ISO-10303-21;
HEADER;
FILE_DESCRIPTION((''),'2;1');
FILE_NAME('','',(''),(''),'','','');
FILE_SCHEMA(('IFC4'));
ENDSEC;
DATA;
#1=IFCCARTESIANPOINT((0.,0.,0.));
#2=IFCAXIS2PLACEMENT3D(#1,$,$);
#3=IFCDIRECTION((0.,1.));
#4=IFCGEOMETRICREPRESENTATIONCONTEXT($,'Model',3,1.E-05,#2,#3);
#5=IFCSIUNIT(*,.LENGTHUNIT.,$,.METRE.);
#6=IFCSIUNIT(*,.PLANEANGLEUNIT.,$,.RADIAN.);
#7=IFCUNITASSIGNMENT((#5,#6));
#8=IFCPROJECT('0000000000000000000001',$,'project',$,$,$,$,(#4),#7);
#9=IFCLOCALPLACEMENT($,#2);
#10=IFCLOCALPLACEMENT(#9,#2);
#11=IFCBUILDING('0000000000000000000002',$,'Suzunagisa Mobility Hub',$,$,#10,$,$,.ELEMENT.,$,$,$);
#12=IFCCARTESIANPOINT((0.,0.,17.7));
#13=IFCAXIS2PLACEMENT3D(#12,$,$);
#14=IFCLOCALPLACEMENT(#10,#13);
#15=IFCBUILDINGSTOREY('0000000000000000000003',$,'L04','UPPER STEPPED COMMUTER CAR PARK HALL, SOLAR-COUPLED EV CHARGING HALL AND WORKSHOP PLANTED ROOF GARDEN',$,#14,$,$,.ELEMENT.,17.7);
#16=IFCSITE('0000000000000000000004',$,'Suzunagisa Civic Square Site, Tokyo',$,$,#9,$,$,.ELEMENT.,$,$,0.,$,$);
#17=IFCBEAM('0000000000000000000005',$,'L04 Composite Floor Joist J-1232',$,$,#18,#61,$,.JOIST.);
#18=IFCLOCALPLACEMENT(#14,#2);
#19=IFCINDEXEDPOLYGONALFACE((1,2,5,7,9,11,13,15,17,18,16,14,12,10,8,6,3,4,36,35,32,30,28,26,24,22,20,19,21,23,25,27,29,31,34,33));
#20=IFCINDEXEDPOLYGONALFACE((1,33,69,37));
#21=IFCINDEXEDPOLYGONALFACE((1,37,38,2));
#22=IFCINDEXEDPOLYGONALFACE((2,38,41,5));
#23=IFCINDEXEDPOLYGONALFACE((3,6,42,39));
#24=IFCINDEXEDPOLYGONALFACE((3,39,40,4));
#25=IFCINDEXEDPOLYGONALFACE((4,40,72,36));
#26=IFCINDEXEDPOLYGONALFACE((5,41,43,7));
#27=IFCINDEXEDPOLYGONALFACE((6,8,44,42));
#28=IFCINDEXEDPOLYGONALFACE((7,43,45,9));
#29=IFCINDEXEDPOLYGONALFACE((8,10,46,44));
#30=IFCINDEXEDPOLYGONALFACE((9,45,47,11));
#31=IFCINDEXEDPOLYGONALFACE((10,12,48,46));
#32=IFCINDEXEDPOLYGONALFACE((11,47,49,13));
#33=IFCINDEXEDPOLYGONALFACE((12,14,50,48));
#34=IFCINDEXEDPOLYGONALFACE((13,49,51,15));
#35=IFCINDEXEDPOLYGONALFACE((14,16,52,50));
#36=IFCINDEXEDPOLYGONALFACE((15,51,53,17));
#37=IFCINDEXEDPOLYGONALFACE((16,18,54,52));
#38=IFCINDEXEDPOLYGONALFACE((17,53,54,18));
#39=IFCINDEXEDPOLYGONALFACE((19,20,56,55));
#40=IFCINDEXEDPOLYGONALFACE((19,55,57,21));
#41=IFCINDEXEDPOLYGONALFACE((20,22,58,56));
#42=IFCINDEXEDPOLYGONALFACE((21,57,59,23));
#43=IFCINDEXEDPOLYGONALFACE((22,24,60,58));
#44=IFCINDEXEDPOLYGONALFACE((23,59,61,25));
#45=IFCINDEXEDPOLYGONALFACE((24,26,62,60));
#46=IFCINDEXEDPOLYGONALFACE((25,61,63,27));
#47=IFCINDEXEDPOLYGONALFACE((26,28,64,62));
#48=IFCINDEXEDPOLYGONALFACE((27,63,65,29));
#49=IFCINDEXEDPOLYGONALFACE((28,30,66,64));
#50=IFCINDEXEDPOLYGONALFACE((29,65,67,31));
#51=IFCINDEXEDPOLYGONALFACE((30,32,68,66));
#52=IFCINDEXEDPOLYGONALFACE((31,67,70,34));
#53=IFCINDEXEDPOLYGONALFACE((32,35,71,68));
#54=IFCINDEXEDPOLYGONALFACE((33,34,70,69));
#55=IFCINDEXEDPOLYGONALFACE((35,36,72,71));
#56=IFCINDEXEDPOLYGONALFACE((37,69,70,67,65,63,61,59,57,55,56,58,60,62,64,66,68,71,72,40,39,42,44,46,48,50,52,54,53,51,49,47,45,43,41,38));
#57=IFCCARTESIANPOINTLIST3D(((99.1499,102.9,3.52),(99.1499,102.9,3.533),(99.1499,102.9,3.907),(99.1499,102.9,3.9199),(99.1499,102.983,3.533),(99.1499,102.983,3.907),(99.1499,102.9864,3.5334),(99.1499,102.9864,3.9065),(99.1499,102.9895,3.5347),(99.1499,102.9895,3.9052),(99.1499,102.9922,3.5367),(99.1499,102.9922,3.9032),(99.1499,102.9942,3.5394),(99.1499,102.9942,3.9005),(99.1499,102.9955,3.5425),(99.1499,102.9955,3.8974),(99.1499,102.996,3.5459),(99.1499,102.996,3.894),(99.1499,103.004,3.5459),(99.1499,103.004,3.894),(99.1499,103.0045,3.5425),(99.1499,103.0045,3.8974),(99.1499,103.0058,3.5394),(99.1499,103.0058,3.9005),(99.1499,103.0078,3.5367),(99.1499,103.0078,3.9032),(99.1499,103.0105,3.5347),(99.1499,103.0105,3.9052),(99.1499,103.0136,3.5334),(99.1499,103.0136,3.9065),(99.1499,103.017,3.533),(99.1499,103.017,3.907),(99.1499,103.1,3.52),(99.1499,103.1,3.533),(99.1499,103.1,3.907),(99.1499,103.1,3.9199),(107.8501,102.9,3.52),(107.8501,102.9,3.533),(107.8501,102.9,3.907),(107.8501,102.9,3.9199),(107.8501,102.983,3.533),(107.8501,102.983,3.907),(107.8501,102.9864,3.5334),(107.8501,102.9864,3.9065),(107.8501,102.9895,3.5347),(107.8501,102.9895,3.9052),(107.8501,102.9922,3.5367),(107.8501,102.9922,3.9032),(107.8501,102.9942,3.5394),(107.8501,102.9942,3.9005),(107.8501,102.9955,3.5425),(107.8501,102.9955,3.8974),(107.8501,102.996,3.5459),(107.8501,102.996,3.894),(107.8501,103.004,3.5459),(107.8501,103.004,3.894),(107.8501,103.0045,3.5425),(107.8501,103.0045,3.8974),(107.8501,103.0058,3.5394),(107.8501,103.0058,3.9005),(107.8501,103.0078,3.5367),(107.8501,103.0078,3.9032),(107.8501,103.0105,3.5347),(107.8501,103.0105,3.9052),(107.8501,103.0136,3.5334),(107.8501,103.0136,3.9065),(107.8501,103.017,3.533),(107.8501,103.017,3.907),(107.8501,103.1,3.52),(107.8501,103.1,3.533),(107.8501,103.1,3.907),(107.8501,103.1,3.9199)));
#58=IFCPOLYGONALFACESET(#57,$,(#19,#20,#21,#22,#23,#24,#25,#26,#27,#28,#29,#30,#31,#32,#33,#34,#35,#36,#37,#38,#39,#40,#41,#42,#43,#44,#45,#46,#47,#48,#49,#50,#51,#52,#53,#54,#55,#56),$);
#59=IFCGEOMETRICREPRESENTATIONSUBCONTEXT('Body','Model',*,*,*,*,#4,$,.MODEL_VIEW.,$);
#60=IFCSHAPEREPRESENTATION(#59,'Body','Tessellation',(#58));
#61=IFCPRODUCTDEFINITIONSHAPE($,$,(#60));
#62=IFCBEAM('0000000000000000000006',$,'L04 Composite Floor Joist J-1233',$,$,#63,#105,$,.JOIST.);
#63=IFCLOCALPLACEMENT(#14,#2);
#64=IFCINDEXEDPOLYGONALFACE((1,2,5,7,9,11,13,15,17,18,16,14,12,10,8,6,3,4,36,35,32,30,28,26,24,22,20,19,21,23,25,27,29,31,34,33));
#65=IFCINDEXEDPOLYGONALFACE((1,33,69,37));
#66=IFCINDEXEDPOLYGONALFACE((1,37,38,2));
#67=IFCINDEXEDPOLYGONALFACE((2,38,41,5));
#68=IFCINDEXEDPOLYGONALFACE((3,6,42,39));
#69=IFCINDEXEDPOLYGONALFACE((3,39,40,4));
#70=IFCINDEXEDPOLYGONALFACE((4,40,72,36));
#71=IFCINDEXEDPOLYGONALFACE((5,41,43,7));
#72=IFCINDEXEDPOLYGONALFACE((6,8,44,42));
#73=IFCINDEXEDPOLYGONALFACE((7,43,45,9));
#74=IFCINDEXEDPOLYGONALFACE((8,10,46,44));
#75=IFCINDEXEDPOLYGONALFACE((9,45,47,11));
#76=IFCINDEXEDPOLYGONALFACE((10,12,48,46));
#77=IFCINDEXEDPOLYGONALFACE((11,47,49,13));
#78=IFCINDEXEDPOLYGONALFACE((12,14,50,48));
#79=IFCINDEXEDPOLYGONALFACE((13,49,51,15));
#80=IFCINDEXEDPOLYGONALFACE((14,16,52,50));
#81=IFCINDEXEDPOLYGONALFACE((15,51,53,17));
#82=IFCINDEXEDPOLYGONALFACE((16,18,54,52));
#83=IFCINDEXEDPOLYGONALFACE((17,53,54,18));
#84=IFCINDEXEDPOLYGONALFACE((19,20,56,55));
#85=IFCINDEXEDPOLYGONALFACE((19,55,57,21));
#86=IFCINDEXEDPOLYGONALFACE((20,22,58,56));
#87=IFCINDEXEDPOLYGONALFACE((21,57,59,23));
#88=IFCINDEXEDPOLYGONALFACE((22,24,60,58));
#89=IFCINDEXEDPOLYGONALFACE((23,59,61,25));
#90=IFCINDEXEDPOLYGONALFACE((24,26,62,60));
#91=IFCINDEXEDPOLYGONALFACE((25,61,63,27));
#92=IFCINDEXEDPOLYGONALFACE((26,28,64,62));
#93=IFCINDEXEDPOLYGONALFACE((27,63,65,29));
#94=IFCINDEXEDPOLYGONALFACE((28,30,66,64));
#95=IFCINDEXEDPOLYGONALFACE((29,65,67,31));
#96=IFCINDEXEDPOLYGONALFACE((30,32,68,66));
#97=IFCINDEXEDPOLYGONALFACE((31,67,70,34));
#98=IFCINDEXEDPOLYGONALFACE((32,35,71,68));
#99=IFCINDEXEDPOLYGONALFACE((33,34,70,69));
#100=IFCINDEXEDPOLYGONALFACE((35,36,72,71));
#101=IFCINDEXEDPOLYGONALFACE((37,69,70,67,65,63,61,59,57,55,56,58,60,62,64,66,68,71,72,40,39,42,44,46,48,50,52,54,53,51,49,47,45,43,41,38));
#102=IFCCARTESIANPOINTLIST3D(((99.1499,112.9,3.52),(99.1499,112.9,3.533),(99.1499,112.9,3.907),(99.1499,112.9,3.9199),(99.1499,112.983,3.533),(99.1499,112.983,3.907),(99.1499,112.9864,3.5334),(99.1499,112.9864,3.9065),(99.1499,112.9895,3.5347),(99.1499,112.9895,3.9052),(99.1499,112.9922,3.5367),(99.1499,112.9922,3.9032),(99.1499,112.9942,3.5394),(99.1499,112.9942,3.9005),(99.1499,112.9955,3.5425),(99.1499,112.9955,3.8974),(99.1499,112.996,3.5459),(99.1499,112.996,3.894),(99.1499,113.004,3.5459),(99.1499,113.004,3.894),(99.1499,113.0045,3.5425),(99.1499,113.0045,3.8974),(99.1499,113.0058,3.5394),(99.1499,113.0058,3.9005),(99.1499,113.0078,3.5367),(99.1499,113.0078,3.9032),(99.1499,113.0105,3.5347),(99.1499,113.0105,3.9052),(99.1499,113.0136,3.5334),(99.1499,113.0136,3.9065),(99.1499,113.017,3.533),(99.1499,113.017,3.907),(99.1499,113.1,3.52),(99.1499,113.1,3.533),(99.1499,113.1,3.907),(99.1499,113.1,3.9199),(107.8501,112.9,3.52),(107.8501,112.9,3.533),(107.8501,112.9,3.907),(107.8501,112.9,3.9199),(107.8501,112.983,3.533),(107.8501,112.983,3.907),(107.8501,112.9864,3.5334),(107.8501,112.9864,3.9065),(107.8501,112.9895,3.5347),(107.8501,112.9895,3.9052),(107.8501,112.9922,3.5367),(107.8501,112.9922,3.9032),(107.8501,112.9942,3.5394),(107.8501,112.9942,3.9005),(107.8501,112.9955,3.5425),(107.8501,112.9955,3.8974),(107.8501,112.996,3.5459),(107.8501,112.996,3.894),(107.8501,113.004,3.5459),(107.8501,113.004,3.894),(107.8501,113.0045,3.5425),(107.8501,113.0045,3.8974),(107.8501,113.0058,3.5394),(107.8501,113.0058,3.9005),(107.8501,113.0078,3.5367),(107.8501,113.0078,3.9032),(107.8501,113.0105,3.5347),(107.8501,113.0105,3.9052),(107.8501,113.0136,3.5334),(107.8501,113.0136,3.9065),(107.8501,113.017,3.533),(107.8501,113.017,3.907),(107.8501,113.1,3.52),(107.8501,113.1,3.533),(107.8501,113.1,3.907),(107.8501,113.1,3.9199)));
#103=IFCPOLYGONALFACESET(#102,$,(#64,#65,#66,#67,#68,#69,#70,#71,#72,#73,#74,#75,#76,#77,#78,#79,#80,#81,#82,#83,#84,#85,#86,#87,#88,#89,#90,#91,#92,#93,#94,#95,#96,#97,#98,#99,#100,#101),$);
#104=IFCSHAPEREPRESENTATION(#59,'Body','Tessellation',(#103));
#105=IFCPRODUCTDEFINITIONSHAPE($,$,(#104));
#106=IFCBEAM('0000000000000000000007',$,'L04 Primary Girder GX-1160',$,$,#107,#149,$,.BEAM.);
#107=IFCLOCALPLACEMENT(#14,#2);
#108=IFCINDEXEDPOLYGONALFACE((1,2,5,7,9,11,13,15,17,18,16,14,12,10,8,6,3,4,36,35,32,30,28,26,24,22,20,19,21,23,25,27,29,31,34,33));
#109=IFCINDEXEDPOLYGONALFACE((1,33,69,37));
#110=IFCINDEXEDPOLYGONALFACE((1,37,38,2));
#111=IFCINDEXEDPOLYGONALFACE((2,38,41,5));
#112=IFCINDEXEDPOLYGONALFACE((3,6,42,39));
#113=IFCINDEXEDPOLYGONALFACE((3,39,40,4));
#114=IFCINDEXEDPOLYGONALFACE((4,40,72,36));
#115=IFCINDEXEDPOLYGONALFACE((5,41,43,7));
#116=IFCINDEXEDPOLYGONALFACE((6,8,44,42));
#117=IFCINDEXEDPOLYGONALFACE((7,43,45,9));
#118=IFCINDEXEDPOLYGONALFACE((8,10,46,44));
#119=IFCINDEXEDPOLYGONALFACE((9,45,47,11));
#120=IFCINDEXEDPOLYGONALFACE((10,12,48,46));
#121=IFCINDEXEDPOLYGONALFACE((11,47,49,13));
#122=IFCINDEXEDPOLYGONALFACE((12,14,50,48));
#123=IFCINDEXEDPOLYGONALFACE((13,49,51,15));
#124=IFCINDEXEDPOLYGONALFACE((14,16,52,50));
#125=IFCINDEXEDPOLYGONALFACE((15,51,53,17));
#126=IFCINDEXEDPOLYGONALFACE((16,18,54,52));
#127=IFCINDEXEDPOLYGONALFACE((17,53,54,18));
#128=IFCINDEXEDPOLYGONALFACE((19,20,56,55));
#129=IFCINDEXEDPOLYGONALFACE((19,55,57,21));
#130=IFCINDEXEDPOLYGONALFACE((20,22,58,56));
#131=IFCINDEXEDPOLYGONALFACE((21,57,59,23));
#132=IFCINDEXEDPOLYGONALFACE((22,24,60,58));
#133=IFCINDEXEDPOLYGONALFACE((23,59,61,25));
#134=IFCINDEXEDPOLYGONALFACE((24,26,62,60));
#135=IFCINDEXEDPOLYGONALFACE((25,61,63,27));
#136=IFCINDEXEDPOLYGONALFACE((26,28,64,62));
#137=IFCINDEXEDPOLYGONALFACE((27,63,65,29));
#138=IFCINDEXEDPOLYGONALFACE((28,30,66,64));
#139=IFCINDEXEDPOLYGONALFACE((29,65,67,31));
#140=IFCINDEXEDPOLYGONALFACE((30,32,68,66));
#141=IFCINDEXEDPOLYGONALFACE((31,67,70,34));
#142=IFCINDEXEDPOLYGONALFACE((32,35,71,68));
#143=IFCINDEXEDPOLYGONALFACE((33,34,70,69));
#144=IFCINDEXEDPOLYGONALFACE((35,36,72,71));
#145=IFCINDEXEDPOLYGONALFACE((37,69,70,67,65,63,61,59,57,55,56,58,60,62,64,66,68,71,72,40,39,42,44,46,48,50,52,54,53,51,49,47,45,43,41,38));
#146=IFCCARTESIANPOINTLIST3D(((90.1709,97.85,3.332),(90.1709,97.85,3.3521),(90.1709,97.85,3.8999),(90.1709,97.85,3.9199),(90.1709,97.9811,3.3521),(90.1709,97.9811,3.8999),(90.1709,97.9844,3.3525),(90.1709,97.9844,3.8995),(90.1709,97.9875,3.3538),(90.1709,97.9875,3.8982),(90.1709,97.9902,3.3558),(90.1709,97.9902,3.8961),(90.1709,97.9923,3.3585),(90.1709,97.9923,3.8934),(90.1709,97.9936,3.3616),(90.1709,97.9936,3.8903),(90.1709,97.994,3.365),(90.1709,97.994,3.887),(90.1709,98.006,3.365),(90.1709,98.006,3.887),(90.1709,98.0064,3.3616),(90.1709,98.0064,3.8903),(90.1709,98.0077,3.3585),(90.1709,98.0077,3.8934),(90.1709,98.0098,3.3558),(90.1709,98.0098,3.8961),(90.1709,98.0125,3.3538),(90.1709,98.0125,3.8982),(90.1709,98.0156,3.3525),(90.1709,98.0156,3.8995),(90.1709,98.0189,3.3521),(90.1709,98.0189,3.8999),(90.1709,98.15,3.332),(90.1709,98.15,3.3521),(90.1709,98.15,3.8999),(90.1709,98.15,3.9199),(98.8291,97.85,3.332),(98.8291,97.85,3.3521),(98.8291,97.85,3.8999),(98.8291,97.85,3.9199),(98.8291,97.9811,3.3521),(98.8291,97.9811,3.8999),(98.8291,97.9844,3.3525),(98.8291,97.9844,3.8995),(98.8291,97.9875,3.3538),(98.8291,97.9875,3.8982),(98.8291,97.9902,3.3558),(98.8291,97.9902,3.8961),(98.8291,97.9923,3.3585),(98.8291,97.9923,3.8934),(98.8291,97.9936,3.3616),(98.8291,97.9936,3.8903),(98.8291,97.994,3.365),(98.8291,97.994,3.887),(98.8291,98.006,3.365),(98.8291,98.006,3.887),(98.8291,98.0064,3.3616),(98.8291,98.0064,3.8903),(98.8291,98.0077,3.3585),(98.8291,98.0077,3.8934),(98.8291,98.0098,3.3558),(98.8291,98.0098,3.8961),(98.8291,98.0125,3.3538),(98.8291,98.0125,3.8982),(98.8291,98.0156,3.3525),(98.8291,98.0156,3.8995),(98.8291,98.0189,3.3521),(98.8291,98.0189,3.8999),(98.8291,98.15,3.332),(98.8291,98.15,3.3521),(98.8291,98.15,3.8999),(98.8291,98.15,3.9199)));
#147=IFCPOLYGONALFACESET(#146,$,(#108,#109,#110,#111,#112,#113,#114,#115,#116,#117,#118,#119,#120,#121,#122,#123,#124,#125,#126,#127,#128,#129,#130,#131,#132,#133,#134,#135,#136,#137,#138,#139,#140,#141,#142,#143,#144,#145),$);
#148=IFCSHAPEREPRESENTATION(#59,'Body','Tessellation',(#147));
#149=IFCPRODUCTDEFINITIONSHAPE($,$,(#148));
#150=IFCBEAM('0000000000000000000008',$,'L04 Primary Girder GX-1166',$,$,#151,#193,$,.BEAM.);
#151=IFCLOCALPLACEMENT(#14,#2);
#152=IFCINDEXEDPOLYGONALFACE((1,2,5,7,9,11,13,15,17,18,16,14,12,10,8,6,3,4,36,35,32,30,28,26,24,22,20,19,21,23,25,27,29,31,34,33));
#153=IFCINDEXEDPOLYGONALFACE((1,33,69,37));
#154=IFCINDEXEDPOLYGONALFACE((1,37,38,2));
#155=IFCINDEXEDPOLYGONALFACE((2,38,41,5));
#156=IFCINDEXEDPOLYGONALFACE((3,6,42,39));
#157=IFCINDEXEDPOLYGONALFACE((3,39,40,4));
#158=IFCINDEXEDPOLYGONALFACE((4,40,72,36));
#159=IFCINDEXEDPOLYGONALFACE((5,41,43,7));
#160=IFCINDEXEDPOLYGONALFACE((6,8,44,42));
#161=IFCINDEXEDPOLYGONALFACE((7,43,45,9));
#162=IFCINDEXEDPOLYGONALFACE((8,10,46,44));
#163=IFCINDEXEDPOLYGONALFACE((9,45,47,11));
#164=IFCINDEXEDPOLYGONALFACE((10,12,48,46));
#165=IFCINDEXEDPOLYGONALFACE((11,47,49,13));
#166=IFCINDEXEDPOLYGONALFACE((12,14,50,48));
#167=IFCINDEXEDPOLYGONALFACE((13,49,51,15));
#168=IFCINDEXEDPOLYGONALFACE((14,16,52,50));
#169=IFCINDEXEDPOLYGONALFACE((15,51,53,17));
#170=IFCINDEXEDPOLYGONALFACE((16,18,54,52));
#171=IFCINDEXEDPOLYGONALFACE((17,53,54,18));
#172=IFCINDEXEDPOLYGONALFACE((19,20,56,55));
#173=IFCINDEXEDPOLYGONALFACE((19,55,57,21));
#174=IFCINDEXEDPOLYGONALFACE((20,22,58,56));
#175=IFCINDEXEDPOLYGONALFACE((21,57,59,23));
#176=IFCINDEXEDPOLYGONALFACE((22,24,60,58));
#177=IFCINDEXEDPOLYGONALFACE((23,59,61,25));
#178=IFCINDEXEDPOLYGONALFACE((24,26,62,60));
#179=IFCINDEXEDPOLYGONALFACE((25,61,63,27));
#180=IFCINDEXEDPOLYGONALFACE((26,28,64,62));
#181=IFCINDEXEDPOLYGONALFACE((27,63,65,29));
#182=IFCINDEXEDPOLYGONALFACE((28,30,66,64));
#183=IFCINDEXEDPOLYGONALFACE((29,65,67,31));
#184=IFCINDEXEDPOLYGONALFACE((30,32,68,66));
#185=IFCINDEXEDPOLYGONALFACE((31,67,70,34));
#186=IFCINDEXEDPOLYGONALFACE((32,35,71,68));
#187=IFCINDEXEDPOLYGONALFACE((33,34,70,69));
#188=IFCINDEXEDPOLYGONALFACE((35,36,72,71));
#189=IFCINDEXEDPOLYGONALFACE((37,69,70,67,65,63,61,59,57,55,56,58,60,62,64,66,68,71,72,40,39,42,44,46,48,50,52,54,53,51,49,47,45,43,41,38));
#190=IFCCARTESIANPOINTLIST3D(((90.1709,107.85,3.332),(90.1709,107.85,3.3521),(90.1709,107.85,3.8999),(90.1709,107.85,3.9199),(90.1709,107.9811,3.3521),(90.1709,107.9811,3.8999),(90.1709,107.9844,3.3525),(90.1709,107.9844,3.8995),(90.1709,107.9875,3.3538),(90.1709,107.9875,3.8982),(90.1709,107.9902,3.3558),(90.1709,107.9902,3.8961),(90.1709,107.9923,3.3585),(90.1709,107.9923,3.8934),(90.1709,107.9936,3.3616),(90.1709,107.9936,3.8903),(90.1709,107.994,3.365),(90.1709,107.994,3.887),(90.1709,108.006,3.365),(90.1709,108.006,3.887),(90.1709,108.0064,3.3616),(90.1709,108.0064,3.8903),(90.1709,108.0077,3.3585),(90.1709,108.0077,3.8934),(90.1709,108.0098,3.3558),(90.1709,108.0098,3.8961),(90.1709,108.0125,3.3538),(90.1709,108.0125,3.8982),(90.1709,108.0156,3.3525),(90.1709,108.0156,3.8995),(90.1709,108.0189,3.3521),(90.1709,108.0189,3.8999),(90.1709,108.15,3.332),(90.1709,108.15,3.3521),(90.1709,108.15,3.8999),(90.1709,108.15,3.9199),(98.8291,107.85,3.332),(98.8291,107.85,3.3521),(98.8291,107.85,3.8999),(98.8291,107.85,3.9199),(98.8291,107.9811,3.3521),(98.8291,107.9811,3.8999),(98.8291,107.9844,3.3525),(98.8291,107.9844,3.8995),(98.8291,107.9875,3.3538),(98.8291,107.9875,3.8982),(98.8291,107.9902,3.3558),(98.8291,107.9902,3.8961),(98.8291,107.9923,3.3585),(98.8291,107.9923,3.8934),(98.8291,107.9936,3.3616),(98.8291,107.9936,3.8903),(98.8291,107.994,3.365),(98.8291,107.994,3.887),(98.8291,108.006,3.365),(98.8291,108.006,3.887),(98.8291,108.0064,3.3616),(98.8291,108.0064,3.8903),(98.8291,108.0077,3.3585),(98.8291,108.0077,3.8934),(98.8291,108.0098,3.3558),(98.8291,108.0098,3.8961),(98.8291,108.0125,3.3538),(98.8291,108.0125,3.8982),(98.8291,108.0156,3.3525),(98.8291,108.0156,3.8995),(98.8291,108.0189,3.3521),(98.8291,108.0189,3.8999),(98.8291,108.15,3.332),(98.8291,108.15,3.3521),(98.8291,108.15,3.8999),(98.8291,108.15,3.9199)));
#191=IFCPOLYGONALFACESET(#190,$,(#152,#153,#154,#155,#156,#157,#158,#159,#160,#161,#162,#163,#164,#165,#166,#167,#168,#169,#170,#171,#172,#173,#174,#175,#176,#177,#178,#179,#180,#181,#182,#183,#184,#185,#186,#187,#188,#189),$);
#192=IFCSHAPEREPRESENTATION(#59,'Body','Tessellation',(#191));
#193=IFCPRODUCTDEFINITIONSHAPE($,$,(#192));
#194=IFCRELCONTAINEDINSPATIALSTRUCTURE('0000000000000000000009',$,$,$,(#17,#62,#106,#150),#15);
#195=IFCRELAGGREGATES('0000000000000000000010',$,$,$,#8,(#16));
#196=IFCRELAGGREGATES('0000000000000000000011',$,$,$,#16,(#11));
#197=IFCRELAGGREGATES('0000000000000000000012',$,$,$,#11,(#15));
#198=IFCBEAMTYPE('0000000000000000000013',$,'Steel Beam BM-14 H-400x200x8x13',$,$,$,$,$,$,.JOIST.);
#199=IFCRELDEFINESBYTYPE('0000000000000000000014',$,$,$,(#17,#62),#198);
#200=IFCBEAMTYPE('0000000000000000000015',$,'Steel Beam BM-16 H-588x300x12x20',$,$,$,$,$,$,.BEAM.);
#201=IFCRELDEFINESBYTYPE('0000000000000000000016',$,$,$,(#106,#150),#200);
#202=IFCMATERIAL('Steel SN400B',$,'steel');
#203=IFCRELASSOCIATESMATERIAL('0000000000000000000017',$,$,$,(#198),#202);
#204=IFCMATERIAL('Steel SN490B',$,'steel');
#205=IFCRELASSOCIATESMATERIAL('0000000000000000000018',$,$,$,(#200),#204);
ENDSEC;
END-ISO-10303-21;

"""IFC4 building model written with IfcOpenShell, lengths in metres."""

from ifc_helpers import new_model, si_unit, direction, frame, origin, origin_2d, place, context, subcontext, project, spatial, i_section, extrude, material, material_profile, profile_set, type_object, element, save


model = new_model("IFC4")

# Units and contexts
model_context = context("Model", 3, precision=1e-05, world=origin(), true_north=direction((0.0, 1.0)))
body_context = subcontext(model_context, "Body", "Model", "MODEL_VIEW")
ifc_project = project(units=[si_unit("LENGTHUNIT", "METRE"), si_unit("PLANEANGLEUNIT", "RADIAN")], contexts=[model_context])

# Site, building, storey
site_placement = place(None, origin())
site = spatial("IfcSite", under=ifc_project, at=site_placement, Name="Suzunagisa Civic Square Site, Tokyo", CompositionType="ELEMENT", RefElevation=0.0)
building_placement = place(site_placement, origin())
building = spatial("IfcBuilding", under=site, at=building_placement, Name="Suzunagisa Mobility Hub", CompositionType="ELEMENT")
storey_placement = place(building_placement, frame((0.0, 0.0, 17.7)))
storey = spatial("IfcBuildingStorey", under=building, at=storey_placement, Name="L04", Description="UPPER STEPPED COMMUTER CAR PARK HALL, SOLAR-COUPLED EV CHARGING HALL AND WORKSHOP PLANTED ROOF GARDEN", CompositionType="ELEMENT", Elevation=17.7)

# Shared definitions
ifc_material_1 = material(Name="Steel SN490B", Category="steel")

# Beams
ifc_material_2 = material(Name="Steel SN400B", Category="steel")
ifc_material_profile_1 = material_profile(ifc_material_2, i_section(OverallWidth=0.2, OverallDepth=0.3999, WebThickness=0.0081, FlangeThickness=0.0129, FilletRadius=0.0129, at=origin_2d()), Name="H-400x200x8x13")
ifc_profile_set_1 = profile_set([ifc_material_profile_1], Name="Steel SN400B")
beam_type_1 = type_object("IfcBeamType", Name="Steel Beam BM-14 H-400x200x8x13", PredefinedType="JOIST", material=ifc_profile_set_1)
for number, where, z_axis, x_axis, name in (
    (1, (99.1499, 103.0, 3.72), (1.0, 0.0, 0.0), (0.0, 1.0, 0.0), "L04 Composite Floor Joist J-1232"),
    (2, (99.1499, 113.0, 3.72), (1.0, 0.0, 0.0), (0.0, 1.0, 0.0), "L04 Composite Floor Joist J-1233"),
):
    element("IfcBeam", number, at=place(storey_placement, frame(where, z_axis=z_axis, x_axis=x_axis)), inside=storey, type_object=beam_type_1, Name=name, PredefinedType="JOIST", context=body_context, shape_type="SweptSolid", body=[
        extrude(i_section(OverallWidth=0.2, OverallDepth=0.3999, WebThickness=0.0081, FlangeThickness=0.0129, FilletRadius=0.0129, at=origin_2d()), origin(), (0.0, 0.0, 1.0), 8.7002),
    ])
ifc_material_profile_2 = material_profile(ifc_material_1, i_section(OverallWidth=0.3, OverallDepth=0.5879, WebThickness=0.012, FlangeThickness=0.02, FilletRadius=0.0129, at=origin_2d()), Name="H-588x300x12x20")
ifc_profile_set_2 = profile_set([ifc_material_profile_2], Name="Steel SN490B")
beam_type_2 = type_object("IfcBeamType", Name="Steel Beam BM-16 H-588x300x12x20", PredefinedType="BEAM", material=ifc_profile_set_2)
for number, where, z_axis, x_axis, name in (
    (3, (90.1709, 98.0, 3.626), (1.0, 0.0, 0.0), (0.0, 1.0, 0.0), "L04 Primary Girder GX-1160"),
    (4, (90.1709, 108.0, 3.626), (1.0, 0.0, 0.0), (0.0, 1.0, 0.0), "L04 Primary Girder GX-1166"),
):
    element("IfcBeam", number, at=place(storey_placement, frame(where, z_axis=z_axis, x_axis=x_axis)), inside=storey, type_object=beam_type_2, Name=name, PredefinedType="BEAM", context=body_context, shape_type="SweptSolid", body=[
        extrude(i_section(OverallWidth=0.3, OverallDepth=0.5879, WebThickness=0.012, FlangeThickness=0.02, FilletRadius=0.0129, at=origin_2d()), origin(), (0.0, 0.0, 1.0), 8.6582),
    ])

save(model, "model.ifc")
